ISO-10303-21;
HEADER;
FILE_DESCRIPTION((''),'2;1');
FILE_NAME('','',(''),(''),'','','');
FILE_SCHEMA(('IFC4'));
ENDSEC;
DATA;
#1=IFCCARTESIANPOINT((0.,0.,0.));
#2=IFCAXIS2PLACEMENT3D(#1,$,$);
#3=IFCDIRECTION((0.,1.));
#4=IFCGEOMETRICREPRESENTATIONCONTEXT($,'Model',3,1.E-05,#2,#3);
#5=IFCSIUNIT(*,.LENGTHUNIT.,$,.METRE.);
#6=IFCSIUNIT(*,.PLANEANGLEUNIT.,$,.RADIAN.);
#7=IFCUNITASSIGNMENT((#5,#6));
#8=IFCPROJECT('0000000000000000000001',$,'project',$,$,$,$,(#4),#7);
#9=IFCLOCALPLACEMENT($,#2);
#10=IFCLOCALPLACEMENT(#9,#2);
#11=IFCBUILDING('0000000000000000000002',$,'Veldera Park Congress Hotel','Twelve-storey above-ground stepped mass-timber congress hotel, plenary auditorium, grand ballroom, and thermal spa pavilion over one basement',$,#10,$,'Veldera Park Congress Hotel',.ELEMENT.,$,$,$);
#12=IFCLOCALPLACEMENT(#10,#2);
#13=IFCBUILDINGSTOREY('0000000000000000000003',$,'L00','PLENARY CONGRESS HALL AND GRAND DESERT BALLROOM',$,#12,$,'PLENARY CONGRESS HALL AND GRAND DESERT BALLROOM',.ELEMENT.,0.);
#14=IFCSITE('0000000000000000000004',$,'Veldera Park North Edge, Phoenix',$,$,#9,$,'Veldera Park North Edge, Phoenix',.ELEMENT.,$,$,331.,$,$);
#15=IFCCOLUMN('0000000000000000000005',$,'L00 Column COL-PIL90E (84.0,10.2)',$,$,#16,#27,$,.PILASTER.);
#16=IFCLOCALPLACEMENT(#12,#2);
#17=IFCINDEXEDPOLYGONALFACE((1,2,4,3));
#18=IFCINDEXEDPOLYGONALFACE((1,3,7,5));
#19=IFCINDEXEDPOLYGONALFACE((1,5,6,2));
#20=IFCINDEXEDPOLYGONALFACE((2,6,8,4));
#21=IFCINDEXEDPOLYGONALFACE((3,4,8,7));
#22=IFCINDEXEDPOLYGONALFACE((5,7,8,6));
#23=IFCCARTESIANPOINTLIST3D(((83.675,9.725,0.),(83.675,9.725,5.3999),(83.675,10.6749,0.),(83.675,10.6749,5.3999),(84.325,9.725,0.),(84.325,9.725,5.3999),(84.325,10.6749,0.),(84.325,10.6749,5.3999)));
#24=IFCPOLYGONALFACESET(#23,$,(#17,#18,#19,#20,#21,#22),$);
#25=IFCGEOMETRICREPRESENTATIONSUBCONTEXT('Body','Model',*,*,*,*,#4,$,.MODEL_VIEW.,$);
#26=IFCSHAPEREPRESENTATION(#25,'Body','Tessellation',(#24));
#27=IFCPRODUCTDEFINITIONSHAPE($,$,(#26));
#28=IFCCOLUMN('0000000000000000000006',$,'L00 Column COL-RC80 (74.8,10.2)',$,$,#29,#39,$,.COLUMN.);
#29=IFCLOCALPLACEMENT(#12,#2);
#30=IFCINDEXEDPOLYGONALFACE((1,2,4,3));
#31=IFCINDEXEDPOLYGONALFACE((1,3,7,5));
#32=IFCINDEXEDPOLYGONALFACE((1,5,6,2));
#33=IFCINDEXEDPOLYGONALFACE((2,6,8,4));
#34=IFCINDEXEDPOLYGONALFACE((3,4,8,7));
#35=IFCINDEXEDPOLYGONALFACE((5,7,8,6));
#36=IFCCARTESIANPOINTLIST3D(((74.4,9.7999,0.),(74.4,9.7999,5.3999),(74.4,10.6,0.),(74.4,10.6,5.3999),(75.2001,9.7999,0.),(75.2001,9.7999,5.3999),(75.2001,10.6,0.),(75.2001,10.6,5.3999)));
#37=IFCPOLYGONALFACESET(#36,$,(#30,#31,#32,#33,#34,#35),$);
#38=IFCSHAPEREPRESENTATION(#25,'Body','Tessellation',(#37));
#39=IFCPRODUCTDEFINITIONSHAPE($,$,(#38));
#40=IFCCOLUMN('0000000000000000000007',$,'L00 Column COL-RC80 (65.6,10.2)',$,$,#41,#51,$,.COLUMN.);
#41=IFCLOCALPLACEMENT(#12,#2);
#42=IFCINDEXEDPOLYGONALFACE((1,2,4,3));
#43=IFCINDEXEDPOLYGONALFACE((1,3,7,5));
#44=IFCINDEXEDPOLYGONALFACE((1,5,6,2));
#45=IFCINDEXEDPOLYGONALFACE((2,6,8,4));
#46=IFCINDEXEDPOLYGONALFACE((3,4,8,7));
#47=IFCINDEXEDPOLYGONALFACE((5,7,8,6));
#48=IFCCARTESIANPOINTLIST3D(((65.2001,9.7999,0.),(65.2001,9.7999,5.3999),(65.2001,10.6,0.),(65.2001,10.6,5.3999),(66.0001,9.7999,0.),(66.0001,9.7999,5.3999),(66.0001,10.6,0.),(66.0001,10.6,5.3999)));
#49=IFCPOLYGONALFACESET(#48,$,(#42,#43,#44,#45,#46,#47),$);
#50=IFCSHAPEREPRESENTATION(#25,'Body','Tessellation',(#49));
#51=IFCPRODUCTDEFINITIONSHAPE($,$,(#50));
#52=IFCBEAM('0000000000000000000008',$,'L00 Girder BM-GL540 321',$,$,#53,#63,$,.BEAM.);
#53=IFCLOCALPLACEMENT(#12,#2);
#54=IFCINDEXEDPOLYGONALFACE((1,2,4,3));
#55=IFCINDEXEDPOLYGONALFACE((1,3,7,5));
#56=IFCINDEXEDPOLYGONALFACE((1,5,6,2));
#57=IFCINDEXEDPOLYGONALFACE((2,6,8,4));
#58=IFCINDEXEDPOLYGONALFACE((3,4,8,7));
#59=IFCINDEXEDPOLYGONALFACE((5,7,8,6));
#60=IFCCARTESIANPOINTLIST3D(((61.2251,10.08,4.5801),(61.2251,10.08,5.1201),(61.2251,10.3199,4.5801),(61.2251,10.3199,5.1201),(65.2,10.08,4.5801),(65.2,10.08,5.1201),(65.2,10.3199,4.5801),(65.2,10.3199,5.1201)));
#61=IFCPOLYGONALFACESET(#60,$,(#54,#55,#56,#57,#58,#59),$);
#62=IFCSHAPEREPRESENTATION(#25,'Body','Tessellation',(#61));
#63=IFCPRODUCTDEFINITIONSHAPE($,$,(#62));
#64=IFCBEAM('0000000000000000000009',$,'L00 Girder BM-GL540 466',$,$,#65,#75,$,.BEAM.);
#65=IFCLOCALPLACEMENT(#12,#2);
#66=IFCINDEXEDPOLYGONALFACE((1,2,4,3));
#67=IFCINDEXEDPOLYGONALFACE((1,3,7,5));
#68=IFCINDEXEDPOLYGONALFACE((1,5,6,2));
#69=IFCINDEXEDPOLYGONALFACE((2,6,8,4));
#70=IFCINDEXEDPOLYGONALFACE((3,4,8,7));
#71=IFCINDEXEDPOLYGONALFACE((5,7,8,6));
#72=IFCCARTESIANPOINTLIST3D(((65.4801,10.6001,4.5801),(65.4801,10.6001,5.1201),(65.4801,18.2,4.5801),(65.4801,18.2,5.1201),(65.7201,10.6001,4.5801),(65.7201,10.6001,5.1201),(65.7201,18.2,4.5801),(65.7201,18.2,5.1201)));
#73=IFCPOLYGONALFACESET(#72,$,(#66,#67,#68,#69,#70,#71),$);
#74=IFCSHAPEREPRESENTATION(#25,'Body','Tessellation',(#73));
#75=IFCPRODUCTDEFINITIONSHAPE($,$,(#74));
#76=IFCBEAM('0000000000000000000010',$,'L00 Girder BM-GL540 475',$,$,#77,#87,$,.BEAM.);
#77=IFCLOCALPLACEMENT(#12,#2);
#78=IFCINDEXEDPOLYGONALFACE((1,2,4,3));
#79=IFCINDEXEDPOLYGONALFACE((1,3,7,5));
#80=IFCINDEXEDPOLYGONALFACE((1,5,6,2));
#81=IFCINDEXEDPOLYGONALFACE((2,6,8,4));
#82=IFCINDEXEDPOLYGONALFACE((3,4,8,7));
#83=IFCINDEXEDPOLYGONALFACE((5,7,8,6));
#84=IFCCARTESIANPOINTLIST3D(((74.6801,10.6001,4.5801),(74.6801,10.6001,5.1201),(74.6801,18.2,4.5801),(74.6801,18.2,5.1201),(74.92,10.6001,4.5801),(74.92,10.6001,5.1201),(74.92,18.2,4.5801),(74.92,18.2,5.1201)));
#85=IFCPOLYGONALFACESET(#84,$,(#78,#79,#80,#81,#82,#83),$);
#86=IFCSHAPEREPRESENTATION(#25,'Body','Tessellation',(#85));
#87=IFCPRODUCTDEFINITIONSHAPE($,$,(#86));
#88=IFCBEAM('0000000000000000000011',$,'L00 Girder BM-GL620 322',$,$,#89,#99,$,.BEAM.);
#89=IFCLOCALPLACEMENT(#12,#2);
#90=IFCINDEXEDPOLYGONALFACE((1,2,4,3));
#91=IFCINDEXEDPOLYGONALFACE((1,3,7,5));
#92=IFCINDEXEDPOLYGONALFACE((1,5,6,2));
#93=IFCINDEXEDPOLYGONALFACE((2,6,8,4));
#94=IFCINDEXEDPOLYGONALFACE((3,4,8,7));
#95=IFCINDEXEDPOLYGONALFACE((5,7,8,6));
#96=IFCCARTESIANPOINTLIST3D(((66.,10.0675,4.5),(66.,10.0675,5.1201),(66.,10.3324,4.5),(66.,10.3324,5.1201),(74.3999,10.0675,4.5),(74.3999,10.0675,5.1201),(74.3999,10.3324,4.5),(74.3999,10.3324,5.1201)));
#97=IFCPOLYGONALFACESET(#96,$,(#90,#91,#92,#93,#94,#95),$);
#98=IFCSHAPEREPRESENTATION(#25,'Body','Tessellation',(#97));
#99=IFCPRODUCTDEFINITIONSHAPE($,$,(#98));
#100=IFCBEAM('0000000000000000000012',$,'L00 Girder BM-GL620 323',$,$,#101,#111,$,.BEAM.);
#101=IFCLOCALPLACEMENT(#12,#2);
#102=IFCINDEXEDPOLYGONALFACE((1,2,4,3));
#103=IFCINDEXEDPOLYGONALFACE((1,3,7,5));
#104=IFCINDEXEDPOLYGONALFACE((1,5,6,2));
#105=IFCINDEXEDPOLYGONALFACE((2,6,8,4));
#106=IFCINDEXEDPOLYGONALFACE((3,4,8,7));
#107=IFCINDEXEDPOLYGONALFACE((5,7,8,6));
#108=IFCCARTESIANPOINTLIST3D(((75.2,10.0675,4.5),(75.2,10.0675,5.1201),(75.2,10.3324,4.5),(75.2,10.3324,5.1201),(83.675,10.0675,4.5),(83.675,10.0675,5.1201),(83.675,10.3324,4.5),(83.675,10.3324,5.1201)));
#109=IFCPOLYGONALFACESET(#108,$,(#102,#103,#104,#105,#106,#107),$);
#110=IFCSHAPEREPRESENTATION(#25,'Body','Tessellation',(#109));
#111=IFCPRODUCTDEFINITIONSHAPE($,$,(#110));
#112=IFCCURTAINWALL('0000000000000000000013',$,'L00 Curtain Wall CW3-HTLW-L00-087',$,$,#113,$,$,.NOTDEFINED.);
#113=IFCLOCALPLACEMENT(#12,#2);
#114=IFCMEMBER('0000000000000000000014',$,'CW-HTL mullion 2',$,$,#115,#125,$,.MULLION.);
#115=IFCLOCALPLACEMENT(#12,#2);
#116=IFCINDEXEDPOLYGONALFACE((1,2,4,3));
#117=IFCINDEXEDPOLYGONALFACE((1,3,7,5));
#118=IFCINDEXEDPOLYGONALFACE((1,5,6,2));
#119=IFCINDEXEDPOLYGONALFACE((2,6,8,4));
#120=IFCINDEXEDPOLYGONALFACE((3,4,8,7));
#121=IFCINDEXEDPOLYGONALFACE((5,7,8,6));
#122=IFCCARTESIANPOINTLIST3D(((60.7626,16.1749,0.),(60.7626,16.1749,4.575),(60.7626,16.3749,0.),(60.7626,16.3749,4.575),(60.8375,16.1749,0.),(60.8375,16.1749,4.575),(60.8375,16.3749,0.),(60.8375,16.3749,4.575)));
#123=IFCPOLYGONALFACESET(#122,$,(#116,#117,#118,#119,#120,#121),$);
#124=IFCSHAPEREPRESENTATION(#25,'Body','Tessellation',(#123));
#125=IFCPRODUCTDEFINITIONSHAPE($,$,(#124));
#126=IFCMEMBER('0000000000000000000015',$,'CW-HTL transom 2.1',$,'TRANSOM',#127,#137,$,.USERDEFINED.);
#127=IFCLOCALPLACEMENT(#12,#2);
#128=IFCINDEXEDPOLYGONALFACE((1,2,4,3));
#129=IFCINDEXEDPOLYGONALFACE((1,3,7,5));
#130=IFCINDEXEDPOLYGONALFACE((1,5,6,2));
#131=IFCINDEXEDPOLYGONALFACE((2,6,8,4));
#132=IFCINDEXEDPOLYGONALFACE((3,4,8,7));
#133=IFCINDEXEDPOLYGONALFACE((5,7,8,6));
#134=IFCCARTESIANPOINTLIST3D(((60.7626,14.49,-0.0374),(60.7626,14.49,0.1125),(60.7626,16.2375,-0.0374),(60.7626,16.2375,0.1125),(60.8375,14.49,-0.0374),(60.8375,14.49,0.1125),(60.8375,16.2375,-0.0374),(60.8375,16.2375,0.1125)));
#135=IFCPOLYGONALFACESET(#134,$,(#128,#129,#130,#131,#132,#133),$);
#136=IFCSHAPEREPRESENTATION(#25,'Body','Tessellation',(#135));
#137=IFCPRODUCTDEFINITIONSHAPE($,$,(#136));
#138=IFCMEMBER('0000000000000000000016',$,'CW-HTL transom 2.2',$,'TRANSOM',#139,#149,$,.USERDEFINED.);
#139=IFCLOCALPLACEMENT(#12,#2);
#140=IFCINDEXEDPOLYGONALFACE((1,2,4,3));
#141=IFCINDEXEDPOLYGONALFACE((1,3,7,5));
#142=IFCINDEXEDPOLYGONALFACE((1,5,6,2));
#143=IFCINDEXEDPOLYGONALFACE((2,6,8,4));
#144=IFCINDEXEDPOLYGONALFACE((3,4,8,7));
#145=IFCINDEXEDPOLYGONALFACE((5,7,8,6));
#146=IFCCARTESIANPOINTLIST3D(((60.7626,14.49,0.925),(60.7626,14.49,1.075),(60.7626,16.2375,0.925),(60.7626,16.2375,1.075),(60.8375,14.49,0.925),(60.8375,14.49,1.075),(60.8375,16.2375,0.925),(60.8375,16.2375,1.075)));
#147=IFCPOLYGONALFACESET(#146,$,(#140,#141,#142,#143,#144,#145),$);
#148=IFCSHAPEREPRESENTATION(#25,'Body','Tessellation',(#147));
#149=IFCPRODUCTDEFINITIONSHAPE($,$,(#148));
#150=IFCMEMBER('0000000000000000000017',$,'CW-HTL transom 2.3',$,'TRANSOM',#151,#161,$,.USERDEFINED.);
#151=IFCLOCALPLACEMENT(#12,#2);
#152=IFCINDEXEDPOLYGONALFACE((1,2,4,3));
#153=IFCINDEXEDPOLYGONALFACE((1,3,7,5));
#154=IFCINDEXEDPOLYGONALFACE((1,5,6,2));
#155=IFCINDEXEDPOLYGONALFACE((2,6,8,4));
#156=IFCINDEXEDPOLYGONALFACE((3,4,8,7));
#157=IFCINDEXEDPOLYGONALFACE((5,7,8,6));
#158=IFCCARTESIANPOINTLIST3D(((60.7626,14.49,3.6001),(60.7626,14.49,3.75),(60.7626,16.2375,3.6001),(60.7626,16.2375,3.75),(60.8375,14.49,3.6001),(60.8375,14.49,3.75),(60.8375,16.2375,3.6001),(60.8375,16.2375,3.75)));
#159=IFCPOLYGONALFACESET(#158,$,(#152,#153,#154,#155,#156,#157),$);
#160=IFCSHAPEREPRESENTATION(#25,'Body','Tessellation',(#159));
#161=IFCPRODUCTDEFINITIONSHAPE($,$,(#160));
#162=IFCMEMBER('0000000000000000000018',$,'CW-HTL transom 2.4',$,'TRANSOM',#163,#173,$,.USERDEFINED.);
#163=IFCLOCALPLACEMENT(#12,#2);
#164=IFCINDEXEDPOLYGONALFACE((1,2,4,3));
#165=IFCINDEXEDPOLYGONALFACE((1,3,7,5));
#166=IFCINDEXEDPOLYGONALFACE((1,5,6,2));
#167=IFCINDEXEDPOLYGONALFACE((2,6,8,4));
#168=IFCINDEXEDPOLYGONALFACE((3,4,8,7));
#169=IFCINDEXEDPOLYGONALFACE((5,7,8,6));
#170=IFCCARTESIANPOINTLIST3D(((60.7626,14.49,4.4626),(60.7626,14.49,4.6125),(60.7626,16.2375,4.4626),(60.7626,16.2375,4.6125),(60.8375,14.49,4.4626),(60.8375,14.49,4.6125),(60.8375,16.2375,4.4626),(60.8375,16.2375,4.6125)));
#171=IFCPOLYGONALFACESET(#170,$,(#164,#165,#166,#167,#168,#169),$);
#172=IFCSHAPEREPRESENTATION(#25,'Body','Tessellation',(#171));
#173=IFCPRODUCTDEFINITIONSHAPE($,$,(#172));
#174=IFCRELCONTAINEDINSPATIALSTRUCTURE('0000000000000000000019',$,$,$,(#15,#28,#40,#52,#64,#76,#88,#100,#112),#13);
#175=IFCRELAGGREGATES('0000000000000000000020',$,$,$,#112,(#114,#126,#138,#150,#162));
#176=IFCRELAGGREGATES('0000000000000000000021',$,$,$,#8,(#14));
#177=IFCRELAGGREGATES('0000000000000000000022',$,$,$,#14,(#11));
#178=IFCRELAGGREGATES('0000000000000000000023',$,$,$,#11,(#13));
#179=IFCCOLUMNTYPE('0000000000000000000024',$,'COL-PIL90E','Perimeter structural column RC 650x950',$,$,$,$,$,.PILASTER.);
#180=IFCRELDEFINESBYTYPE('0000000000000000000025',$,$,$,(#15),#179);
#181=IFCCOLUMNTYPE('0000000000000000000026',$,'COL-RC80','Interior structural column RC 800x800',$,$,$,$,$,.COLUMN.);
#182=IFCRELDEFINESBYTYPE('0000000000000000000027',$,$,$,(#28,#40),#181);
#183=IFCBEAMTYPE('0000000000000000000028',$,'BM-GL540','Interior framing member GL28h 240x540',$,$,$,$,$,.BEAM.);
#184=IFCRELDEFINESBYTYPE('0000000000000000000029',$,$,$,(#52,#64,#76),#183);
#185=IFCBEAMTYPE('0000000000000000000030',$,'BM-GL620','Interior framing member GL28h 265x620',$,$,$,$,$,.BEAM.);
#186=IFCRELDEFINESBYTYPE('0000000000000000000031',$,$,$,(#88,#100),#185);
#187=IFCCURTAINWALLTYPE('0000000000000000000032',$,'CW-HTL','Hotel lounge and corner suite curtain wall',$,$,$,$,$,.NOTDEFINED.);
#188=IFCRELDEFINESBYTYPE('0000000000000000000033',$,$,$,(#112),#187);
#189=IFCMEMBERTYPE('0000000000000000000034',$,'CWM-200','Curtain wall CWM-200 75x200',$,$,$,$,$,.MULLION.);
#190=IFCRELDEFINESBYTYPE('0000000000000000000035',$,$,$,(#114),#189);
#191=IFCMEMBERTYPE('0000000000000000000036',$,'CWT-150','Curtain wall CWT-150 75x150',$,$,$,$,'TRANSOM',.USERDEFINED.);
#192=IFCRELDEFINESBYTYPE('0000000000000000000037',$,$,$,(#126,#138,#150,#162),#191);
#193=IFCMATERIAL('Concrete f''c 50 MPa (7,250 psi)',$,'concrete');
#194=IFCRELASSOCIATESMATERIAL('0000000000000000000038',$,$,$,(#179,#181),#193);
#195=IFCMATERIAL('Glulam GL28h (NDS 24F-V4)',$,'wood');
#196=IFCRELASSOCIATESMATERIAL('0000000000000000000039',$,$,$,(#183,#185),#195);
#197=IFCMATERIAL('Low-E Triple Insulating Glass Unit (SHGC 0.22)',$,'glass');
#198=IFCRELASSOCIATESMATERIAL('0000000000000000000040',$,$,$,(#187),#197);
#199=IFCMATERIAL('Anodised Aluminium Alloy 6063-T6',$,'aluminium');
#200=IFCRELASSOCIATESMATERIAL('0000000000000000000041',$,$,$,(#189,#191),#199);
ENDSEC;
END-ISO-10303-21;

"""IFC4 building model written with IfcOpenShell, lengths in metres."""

from ifc_helpers import new_model, si_unit, direction, frame, origin, origin_2d, place, context, subcontext, project, spatial, rectangle, extrude, material, material_profile, profile_set, type_object, element, aggregate, save


model = new_model("IFC4")

# Units and contexts
model_context = context("Model", 3, precision=1e-05, world=origin(), true_north=direction((0.0, 1.0)))
body_context = subcontext(model_context, "Body", "Model", "MODEL_VIEW")
ifc_project = project(units=[si_unit("LENGTHUNIT", "METRE"), si_unit("PLANEANGLEUNIT", "RADIAN")], contexts=[model_context])

# Site, building, storey
site_placement = place(None, origin())
site = spatial("IfcSite", under=ifc_project, at=site_placement, Name="Veldera Park North Edge, Phoenix", LongName="Veldera Park North Edge, Phoenix", CompositionType="ELEMENT", RefElevation=331.0)
building_placement = place(site_placement, origin())
building = spatial("IfcBuilding", under=site, at=building_placement, Name="Veldera Park Congress Hotel", Description="Twelve-storey above-ground stepped mass-timber congress hotel, plenary auditorium, grand ballroom, and thermal spa pavilion over one basement", LongName="Veldera Park Congress Hotel", CompositionType="ELEMENT")
storey_placement = place(building_placement, origin())
storey = spatial("IfcBuildingStorey", under=building, at=storey_placement, Name="L00", Description="PLENARY CONGRESS HALL AND GRAND DESERT BALLROOM", LongName="PLENARY CONGRESS HALL AND GRAND DESERT BALLROOM", CompositionType="ELEMENT", Elevation=0.0)

# Columns
ifc_material_1 = material(Name="Concrete f'c 50 MPa (7,250 psi)", Category="concrete")
ifc_material_profile_1 = material_profile(ifc_material_1, rectangle(XDim=0.6499, YDim=0.95, at=origin_2d()), Name="RC 650x950")
ifc_profile_set_1 = profile_set([ifc_material_profile_1], Name="Concrete f'c 50 MPa (7,250 psi)")
column_type_1 = type_object("IfcColumnType", Name="COL-PIL90E", Description="Perimeter structural column RC 650x950", PredefinedType="PILASTER", material=ifc_profile_set_1)
column_placement = place(storey_placement, frame((84.0, 10.2, 0.0), z_axis=(0.0, 0.0, 1.0), x_axis=(1.0, 0.0, 0.0)))
element("IfcColumn", 1, at=column_placement, inside=storey, type_object=column_type_1, Name="L00 Column COL-PIL90E (84.0,10.2)", PredefinedType="PILASTER", context=body_context, shape_type="SweptSolid", body=[
    extrude(rectangle(XDim=0.6499, YDim=0.95, at=origin_2d()), origin(), (0.0, 0.0, 1.0), 5.3999),
])
ifc_material_profile_2 = material_profile(ifc_material_1, rectangle(XDim=0.8, YDim=0.8, at=origin_2d()), Name="RC 800x800")
ifc_profile_set_2 = profile_set([ifc_material_profile_2], Name="Concrete f'c 50 MPa (7,250 psi)")
column_type_2 = type_object("IfcColumnType", Name="COL-RC80", Description="Interior structural column RC 800x800", PredefinedType="COLUMN", material=ifc_profile_set_2)
for number, where, z_axis, x_axis, name in (
    (2, (74.8, 10.2, 0.0), (0.0, 0.0, 1.0), (1.0, 0.0, 0.0), "L00 Column COL-RC80 (74.8,10.2)"),
    (3, (65.6001, 10.2, 0.0), (0.0, 0.0, 1.0), (1.0, 0.0, 0.0), "L00 Column COL-RC80 (65.6,10.2)"),
):
    element("IfcColumn", number, at=place(storey_placement, frame(where, z_axis=z_axis, x_axis=x_axis)), inside=storey, type_object=column_type_2, Name=name, PredefinedType="COLUMN", context=body_context, shape_type="SweptSolid", body=[
        extrude(rectangle(XDim=0.8, YDim=0.8, at=origin_2d()), origin(), (0.0, 0.0, 1.0), 5.3999),
    ])

# Beams
ifc_material_2 = material(Name="Glulam GL28h (NDS 24F-V4)", Category="wood")
ifc_material_profile_3 = material_profile(ifc_material_2, rectangle(XDim=0.24, YDim=0.54, at=origin_2d()), Name="GL28h 240x540")
ifc_profile_set_3 = profile_set([ifc_material_profile_3], Name="Glulam GL28h (NDS 24F-V4)")
beam_type_1 = type_object("IfcBeamType", Name="BM-GL540", Description="Interior framing member GL28h 240x540", PredefinedType="BEAM", material=ifc_profile_set_3)
beam_1_placement = place(storey_placement, frame((61.2251, 10.2, 4.8501), z_axis=(1.0, 0.0, 0.0), x_axis=(0.0, 1.0, 0.0)))
element("IfcBeam", 4, at=beam_1_placement, inside=storey, type_object=beam_type_1, Name="L00 Girder BM-GL540 321", PredefinedType="BEAM", context=body_context, shape_type="SweptSolid", body=[
    extrude(rectangle(XDim=0.24, YDim=0.54, at=origin_2d()), origin(), (0.0, 0.0, 1.0), 3.9749),
])
for number, where, z_axis, x_axis, name in (
    (5, (65.6001, 10.6001, 4.8501), (0.0, 1.0, 0.0), (-1.0, 0.0, 0.0), "L00 Girder BM-GL540 466"),
    (6, (74.8, 10.6001, 4.8501), (0.0, 1.0, 0.0), (-1.0, 0.0, 0.0), "L00 Girder BM-GL540 475"),
):
    element("IfcBeam", number, at=place(storey_placement, frame(where, z_axis=z_axis, x_axis=x_axis)), inside=storey, type_object=beam_type_1, Name=name, PredefinedType="BEAM", context=body_context, shape_type="SweptSolid", body=[
        extrude(rectangle(XDim=0.24, YDim=0.54, at=origin_2d()), origin(), (0.0, 0.0, 1.0), 7.5999),
    ])
ifc_material_profile_4 = material_profile(ifc_material_2, rectangle(XDim=0.2649, YDim=0.6201, at=origin_2d()), Name="GL28h 265x620")
ifc_profile_set_4 = profile_set([ifc_material_profile_4], Name="Glulam GL28h (NDS 24F-V4)")
beam_type_2 = type_object("IfcBeamType", Name="BM-GL620", Description="Interior framing member GL28h 265x620", PredefinedType="BEAM", material=ifc_profile_set_4)
beam_2_placement = place(storey_placement, frame((66.0, 10.2, 4.8101), z_axis=(1.0, 0.0, 0.0), x_axis=(0.0, 1.0, 0.0)))
element("IfcBeam", 7, at=beam_2_placement, inside=storey, type_object=beam_type_2, Name="L00 Girder BM-GL620 322", PredefinedType="BEAM", context=body_context, shape_type="SweptSolid", body=[
    extrude(rectangle(XDim=0.2649, YDim=0.6201, at=origin_2d()), origin(), (0.0, 0.0, 1.0), 8.3999),
])
beam_3_placement = place(storey_placement, frame((75.2, 10.2, 4.8101), z_axis=(1.0, 0.0, 0.0), x_axis=(0.0, 1.0, 0.0)))
element("IfcBeam", 8, at=beam_3_placement, inside=storey, type_object=beam_type_2, Name="L00 Girder BM-GL620 323", PredefinedType="BEAM", context=body_context, shape_type="SweptSolid", body=[
    extrude(rectangle(XDim=0.2649, YDim=0.6201, at=origin_2d()), origin(), (0.0, 0.0, 1.0), 8.4751),
])

# Curtain wall, members
ifc_material_3 = material(Name="Low-E Triple Insulating Glass Unit (SHGC 0.22)", Category="glass")
curtain_wall_type = type_object("IfcCurtainWallType", Name="CW-HTL", Description="Hotel lounge and corner suite curtain wall", PredefinedType="NOTDEFINED", material=ifc_material_3)
curtain_wall_placement = place(storey_placement, origin())
curtain_wall = element("IfcCurtainWall", 9, at=curtain_wall_placement, inside=storey, type_object=curtain_wall_type, Name="L00 Curtain Wall CW3-HTLW-L00-087", PredefinedType="NOTDEFINED")
ifc_material_4 = material(Name="Anodised Aluminium Alloy 6063-T6", Category="aluminium")
ifc_material_profile_5 = material_profile(ifc_material_4, rectangle(XDim=0.075, YDim=0.2, at=origin_2d()), Name="ALU 75x200")
ifc_profile_set_5 = profile_set([ifc_material_profile_5], Name="Anodised Aluminium Alloy 6063-T6")
member_type_1 = type_object("IfcMemberType", Name="CWM-200", Description="Curtain wall CWM-200 75x200", PredefinedType="MULLION", material=ifc_profile_set_5)
member_1_placement = place(storey_placement, frame((60.8, 16.2749, 0.0), z_axis=(0.0, 0.0, 1.0), x_axis=(1.0, 0.0, 0.0)))
member_1 = element("IfcMember", 10, at=member_1_placement, type_object=member_type_1, Name="CW-HTL mullion 2", PredefinedType="MULLION", context=body_context, shape_type="SweptSolid", body=[
    extrude(rectangle(XDim=0.075, YDim=0.2, at=origin_2d()), origin(), (0.0, 0.0, 1.0), 4.575),
])
ifc_material_profile_6 = material_profile(ifc_material_4, rectangle(XDim=0.075, YDim=0.1499, at=origin_2d()), Name="ALU 75x150")
ifc_profile_set_6 = profile_set([ifc_material_profile_6], Name="Anodised Aluminium Alloy 6063-T6")
member_type_2 = type_object("IfcMemberType", Name="CWT-150", Description="Curtain wall CWT-150 75x150", ElementType="TRANSOM", PredefinedType="USERDEFINED", material=ifc_profile_set_6)
member_2_placement = place(storey_placement, frame((60.8, 16.2375, 0.0376), z_axis=(0.0, -1.0, 0.0), x_axis=(1.0, 0.0, 0.0)))
member_2 = element("IfcMember", 11, at=member_2_placement, type_object=member_type_2, Name="CW-HTL transom 2.1", ObjectType="TRANSOM", PredefinedType="USERDEFINED", context=body_context, shape_type="SweptSolid", body=[
    extrude(rectangle(XDim=0.075, YDim=0.1499, at=origin_2d()), origin(), (0.0, 0.0, 1.0), 1.7476),
])
member_3_placement = place(storey_placement, frame((60.8, 16.2375, 1.0), z_axis=(0.0, -1.0, 0.0), x_axis=(1.0, 0.0, 0.0)))
member_3 = element("IfcMember", 12, at=member_3_placement, type_object=member_type_2, Name="CW-HTL transom 2.2", ObjectType="TRANSOM", PredefinedType="USERDEFINED", context=body_context, shape_type="SweptSolid", body=[
    extrude(rectangle(XDim=0.075, YDim=0.1499, at=origin_2d()), origin(), (0.0, 0.0, 1.0), 1.7476),
])
member_4_placement = place(storey_placement, frame((60.8, 16.2375, 3.675), z_axis=(0.0, -1.0, 0.0), x_axis=(1.0, 0.0, 0.0)))
member_4 = element("IfcMember", 13, at=member_4_placement, type_object=member_type_2, Name="CW-HTL transom 2.3", ObjectType="TRANSOM", PredefinedType="USERDEFINED", context=body_context, shape_type="SweptSolid", body=[
    extrude(rectangle(XDim=0.075, YDim=0.1499, at=origin_2d()), origin(), (0.0, 0.0, 1.0), 1.7476),
])
member_5_placement = place(storey_placement, frame((60.8, 16.2375, 4.5376), z_axis=(0.0, -1.0, 0.0), x_axis=(1.0, 0.0, 0.0)))
member_5 = element("IfcMember", 14, at=member_5_placement, type_object=member_type_2, Name="CW-HTL transom 2.4", ObjectType="TRANSOM", PredefinedType="USERDEFINED", context=body_context, shape_type="SweptSolid", body=[
    extrude(rectangle(XDim=0.075, YDim=0.1499, at=origin_2d()), origin(), (0.0, 0.0, 1.0), 1.7476),
])

aggregate(curtain_wall, [member_1, member_2, member_3, member_4, member_5])

save(model, "model.ifc")
